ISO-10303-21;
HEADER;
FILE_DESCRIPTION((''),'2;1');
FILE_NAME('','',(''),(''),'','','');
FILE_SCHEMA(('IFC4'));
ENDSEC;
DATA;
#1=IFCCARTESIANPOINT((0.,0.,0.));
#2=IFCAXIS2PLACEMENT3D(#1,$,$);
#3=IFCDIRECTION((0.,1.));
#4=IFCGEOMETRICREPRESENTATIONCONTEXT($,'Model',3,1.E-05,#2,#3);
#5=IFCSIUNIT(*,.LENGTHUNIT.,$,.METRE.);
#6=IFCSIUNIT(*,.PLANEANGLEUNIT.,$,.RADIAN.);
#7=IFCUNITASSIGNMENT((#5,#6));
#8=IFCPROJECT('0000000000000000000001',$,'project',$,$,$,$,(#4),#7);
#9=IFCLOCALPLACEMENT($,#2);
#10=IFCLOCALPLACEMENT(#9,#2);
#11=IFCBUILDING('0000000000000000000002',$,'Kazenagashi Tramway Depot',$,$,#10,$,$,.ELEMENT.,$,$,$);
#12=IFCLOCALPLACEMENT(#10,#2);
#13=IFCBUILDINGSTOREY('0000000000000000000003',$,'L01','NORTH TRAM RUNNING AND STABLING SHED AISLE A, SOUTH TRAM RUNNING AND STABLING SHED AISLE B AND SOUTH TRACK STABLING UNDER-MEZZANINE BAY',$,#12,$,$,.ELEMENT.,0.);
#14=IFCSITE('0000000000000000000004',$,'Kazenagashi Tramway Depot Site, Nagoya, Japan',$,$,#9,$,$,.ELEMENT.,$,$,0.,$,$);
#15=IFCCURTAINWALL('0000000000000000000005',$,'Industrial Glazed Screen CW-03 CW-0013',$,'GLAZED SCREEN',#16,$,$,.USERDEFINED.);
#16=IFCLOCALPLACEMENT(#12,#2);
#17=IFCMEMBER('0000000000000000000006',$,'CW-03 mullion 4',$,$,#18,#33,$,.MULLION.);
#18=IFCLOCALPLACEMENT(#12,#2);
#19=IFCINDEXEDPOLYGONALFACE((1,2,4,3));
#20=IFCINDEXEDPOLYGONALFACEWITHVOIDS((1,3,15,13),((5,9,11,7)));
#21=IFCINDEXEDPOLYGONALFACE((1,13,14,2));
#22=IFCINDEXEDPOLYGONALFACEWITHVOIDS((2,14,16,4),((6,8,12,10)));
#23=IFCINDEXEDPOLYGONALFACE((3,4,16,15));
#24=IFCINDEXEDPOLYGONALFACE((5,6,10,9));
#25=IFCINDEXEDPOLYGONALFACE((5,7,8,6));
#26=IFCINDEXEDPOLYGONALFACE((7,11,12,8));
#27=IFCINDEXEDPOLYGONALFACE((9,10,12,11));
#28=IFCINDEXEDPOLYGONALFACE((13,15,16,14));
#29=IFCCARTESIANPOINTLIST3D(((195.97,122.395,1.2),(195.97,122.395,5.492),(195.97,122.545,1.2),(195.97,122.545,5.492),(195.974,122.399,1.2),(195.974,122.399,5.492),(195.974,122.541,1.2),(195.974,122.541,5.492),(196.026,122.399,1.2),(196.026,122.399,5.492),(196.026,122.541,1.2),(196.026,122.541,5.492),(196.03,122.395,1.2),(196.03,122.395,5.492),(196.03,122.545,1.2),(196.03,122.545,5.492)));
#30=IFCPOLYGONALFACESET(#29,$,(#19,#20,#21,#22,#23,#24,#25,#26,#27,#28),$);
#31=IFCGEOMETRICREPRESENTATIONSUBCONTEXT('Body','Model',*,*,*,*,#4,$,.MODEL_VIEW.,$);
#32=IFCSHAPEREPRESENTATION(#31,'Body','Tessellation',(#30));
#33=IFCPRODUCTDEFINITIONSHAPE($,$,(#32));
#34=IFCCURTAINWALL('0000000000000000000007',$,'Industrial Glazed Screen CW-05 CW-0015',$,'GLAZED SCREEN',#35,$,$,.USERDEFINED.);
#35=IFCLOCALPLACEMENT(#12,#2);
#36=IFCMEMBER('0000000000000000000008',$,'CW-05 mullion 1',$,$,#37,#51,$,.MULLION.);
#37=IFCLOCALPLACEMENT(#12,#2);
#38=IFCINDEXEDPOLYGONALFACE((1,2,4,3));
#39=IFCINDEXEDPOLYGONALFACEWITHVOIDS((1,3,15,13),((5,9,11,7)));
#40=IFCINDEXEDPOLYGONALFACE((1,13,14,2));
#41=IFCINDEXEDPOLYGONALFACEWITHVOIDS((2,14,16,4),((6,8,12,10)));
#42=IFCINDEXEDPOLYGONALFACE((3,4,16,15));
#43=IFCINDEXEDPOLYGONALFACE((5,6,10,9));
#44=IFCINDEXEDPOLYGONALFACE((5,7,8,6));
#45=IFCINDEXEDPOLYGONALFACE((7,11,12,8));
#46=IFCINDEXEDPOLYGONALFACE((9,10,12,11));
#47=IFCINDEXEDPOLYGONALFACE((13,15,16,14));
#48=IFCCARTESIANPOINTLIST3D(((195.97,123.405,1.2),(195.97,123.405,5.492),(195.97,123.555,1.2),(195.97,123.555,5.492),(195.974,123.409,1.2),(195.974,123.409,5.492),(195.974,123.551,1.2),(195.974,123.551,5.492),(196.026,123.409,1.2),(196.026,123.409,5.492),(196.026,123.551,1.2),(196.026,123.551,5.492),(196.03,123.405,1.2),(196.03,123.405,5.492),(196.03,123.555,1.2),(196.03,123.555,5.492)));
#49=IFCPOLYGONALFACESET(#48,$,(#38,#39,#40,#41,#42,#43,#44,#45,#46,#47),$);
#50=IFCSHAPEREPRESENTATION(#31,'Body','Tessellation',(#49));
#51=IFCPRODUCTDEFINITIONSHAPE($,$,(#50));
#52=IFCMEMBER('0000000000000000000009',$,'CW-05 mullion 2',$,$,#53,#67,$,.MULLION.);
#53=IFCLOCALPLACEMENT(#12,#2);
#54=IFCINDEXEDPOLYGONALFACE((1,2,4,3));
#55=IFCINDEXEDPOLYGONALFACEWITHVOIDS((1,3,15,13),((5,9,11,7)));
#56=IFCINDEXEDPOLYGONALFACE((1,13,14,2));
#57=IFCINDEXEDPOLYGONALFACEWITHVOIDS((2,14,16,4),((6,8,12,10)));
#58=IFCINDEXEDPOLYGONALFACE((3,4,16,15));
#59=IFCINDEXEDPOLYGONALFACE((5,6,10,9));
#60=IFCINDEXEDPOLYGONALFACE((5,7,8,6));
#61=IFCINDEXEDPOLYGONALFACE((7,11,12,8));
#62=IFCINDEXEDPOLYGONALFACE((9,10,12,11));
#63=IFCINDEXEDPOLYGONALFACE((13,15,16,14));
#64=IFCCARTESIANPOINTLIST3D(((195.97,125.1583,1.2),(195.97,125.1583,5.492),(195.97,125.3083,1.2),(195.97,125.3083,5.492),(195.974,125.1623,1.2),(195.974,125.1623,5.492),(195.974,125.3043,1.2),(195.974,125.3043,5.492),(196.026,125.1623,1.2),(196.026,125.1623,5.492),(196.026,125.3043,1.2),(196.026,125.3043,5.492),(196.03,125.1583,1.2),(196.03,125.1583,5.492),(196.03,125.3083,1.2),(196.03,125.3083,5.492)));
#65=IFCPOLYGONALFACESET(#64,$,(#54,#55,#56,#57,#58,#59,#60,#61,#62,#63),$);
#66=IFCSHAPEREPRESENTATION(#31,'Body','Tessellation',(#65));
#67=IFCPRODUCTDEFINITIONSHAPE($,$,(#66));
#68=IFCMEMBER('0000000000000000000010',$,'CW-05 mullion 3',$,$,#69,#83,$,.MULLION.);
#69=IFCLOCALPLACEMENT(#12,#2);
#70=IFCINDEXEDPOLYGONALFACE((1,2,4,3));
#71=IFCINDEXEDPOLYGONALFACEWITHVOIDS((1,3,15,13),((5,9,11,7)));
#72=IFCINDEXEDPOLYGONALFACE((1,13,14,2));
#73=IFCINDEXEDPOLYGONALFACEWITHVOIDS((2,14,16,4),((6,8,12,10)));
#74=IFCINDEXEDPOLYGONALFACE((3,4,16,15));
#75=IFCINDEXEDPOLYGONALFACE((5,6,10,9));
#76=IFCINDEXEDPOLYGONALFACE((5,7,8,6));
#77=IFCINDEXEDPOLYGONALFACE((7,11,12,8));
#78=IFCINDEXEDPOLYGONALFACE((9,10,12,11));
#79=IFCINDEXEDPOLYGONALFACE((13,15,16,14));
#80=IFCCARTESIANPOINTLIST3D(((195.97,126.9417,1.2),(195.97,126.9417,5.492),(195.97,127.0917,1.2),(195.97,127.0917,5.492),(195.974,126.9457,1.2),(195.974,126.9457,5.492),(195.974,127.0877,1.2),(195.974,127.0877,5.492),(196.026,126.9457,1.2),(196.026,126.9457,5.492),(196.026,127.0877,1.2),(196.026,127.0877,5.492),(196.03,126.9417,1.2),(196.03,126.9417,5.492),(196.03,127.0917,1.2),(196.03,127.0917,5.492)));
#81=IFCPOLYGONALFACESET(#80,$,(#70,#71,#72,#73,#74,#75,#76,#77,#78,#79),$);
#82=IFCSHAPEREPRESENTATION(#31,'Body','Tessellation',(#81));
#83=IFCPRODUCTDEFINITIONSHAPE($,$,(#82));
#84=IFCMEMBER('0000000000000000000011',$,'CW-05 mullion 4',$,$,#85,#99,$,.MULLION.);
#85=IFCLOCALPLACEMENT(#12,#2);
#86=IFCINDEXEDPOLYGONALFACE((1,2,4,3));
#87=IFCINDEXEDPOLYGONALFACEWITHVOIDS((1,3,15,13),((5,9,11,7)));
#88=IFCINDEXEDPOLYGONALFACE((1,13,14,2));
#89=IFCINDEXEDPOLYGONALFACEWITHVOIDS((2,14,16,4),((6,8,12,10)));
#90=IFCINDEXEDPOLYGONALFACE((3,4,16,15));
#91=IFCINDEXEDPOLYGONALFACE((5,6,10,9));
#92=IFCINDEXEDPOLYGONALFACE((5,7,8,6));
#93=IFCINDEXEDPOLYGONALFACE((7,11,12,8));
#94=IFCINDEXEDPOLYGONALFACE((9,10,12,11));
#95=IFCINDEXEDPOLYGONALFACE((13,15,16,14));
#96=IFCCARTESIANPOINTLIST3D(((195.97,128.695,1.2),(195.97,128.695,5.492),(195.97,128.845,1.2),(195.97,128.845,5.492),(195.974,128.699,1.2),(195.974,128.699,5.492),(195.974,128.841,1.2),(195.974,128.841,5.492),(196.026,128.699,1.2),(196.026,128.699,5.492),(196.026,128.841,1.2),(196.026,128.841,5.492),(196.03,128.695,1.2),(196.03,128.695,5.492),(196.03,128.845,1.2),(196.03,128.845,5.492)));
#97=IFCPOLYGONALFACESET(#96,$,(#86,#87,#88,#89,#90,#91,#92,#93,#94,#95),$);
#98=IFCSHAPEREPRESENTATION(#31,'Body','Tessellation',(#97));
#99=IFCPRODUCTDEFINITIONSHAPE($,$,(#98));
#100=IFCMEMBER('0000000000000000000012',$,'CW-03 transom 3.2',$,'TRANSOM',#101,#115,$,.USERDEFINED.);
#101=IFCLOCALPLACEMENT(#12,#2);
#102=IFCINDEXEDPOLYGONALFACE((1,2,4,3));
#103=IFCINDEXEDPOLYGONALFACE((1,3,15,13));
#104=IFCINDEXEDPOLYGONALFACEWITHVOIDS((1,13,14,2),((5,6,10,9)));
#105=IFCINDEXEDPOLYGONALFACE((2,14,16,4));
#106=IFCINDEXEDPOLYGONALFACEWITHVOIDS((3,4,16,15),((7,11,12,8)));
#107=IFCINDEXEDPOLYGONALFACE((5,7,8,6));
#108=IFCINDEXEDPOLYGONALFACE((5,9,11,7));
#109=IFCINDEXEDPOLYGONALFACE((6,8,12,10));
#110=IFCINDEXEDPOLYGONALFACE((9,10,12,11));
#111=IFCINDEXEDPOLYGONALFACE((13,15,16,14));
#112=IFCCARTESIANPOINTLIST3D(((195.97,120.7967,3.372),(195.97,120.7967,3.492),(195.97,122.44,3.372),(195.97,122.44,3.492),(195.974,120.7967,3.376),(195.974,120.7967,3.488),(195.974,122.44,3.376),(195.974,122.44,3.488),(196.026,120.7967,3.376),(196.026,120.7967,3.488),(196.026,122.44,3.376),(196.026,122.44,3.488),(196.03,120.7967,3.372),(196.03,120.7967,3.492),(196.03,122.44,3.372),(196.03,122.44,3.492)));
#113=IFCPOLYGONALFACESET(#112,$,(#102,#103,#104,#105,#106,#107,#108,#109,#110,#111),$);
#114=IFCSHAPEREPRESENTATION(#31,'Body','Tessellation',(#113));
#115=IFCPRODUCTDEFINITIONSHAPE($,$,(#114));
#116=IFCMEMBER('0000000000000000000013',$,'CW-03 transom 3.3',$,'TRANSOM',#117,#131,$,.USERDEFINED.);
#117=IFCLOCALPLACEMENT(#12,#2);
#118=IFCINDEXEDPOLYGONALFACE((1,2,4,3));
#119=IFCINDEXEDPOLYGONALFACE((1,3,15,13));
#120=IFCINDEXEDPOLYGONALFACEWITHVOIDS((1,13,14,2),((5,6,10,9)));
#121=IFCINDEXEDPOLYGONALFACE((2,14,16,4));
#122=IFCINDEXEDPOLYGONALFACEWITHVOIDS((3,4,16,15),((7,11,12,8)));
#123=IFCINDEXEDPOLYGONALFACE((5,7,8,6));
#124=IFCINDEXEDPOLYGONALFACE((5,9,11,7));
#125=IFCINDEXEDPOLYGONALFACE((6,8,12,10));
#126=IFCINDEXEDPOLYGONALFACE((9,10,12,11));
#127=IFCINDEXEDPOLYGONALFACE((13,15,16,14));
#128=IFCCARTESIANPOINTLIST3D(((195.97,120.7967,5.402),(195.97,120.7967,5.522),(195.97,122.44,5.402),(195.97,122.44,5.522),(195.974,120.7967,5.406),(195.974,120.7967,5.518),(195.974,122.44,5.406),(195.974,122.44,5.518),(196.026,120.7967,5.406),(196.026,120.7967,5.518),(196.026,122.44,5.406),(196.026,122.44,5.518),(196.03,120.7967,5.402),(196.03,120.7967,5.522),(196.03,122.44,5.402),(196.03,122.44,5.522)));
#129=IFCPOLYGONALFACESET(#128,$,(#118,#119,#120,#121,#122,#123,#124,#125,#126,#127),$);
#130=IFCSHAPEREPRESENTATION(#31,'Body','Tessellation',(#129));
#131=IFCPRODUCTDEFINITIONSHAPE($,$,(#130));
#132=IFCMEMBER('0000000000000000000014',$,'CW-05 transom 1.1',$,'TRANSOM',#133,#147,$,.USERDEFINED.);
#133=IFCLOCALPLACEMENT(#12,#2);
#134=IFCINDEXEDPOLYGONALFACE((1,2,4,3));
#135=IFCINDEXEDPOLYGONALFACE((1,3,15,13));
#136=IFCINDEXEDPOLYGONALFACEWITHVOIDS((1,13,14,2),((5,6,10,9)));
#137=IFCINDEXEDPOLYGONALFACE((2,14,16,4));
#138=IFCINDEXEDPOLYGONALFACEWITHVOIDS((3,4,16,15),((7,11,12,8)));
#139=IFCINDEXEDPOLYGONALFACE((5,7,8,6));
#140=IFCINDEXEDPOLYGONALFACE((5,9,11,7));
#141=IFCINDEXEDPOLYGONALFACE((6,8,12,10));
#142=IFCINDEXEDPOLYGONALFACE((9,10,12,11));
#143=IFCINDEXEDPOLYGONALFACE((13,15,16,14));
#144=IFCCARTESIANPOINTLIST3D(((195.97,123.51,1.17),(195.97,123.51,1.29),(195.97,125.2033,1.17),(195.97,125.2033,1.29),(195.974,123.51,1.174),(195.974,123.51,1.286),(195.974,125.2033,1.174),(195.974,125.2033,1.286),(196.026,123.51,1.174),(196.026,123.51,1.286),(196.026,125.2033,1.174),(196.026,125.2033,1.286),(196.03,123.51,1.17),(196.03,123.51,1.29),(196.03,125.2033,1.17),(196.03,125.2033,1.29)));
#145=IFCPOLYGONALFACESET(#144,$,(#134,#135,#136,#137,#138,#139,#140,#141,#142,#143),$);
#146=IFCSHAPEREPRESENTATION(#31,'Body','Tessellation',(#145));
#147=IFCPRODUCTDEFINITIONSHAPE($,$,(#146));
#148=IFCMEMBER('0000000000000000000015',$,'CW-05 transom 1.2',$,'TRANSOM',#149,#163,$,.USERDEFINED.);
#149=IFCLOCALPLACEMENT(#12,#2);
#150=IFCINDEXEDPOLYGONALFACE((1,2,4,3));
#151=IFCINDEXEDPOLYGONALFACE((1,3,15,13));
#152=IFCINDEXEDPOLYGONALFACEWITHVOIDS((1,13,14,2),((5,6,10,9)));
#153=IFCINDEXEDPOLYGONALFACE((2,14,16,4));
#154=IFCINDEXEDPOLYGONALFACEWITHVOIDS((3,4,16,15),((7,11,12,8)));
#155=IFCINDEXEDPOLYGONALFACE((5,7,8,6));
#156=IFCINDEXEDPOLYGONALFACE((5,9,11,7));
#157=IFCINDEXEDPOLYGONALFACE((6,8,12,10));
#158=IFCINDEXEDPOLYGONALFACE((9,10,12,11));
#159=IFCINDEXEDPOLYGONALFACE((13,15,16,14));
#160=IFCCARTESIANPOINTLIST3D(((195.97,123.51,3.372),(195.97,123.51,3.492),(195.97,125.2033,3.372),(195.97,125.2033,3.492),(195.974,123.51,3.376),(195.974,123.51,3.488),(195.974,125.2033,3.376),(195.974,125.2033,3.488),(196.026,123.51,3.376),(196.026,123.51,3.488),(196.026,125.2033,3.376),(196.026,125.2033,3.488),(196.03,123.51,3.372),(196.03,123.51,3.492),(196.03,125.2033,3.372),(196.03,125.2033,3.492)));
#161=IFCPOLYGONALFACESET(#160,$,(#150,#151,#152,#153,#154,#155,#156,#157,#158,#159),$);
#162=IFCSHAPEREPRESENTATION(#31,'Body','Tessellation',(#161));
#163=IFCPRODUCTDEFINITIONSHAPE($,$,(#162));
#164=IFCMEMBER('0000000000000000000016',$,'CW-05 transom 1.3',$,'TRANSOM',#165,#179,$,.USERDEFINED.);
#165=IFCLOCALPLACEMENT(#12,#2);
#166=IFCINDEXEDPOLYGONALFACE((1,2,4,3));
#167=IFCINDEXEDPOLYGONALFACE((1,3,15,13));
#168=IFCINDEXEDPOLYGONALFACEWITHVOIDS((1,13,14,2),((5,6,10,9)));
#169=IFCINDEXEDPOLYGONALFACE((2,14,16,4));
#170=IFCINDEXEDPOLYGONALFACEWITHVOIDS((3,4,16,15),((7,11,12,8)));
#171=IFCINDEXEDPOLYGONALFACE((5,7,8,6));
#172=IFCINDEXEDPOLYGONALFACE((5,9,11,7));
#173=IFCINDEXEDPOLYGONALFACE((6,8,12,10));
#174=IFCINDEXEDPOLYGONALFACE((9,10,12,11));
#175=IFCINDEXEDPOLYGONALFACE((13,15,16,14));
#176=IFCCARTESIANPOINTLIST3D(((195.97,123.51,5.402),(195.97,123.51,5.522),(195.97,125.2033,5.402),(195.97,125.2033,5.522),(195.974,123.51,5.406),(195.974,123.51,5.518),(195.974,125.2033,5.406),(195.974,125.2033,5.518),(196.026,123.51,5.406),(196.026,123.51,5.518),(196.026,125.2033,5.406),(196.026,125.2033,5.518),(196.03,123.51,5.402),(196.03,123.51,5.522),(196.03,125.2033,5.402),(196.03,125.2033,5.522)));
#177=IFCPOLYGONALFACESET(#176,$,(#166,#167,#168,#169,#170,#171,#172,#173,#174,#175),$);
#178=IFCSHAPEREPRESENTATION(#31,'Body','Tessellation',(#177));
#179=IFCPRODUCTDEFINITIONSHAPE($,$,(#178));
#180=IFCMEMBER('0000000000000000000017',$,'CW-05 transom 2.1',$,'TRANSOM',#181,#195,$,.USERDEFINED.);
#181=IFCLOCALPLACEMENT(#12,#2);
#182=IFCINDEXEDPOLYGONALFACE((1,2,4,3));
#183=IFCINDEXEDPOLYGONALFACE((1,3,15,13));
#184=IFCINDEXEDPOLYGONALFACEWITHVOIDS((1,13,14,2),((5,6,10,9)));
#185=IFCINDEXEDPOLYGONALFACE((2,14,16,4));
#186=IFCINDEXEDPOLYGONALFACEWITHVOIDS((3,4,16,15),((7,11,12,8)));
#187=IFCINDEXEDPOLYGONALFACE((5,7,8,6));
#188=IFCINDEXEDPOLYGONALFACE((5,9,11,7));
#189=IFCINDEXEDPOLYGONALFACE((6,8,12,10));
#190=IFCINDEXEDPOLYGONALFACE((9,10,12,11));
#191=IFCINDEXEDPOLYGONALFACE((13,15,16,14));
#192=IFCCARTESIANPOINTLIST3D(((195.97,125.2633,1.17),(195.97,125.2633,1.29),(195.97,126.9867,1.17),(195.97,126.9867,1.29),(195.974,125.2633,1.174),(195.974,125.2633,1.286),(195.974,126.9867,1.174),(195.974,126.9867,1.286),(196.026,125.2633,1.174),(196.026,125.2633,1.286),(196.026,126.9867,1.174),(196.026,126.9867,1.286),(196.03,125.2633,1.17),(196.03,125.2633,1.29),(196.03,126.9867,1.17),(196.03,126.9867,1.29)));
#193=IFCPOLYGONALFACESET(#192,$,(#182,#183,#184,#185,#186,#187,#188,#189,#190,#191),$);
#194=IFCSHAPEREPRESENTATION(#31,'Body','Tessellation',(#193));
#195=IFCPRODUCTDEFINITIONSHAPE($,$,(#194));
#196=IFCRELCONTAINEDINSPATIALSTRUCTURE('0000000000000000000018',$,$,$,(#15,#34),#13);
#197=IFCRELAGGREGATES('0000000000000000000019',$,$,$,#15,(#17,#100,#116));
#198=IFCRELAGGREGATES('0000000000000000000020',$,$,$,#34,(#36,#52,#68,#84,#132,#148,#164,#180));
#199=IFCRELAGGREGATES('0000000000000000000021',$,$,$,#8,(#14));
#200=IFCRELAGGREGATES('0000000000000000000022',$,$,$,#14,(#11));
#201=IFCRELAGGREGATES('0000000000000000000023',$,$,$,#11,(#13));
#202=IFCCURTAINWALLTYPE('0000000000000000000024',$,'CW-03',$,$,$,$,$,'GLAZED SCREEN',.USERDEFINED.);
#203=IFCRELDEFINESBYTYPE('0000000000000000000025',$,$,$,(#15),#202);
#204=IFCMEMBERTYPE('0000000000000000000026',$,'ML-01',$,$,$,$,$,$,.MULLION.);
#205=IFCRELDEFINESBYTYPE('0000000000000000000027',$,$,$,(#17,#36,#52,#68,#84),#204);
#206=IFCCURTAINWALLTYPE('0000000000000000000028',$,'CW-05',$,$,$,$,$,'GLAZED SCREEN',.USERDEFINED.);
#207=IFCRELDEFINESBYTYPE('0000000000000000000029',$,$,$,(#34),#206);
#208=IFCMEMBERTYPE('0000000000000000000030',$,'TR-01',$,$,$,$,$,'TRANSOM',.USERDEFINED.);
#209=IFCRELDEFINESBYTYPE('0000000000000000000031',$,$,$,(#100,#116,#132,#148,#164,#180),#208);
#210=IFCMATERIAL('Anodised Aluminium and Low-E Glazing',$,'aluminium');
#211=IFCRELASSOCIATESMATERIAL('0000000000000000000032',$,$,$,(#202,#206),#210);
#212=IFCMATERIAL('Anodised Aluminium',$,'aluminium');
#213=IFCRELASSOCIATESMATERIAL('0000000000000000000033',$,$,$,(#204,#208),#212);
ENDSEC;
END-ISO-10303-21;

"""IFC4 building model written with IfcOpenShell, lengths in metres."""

from ifc_helpers import new_model, si_unit, direction, frame, origin, origin_2d, place, context, subcontext, project, spatial, hollow_rectangle, extrude, material, material_profile, profile_set, type_object, element, aggregate, save


model = new_model("IFC4")

# Units and contexts
model_context = context("Model", 3, precision=1e-05, world=origin(), true_north=direction((0.0, 1.0)))
body_context = subcontext(model_context, "Body", "Model", "MODEL_VIEW")
ifc_project = project(units=[si_unit("LENGTHUNIT", "METRE"), si_unit("PLANEANGLEUNIT", "RADIAN")], contexts=[model_context])

# Site, building, storey
site_placement = place(None, origin())
site = spatial("IfcSite", under=ifc_project, at=site_placement, Name="Kazenagashi Tramway Depot Site, Nagoya, Japan", CompositionType="ELEMENT", RefElevation=0.0)
building_placement = place(site_placement, origin())
building = spatial("IfcBuilding", under=site, at=building_placement, Name="Kazenagashi Tramway Depot", CompositionType="ELEMENT")
storey_placement = place(building_placement, origin())
storey = spatial("IfcBuildingStorey", under=building, at=storey_placement, Name="L01", Description="NORTH TRAM RUNNING AND STABLING SHED AISLE A, SOUTH TRAM RUNNING AND STABLING SHED AISLE B AND SOUTH TRACK STABLING UNDER-MEZZANINE BAY", CompositionType="ELEMENT", Elevation=0.0)

# Curtain wall, member
ifc_material_1 = material(Name="Anodised Aluminium and Low-E Glazing", Category="aluminium")
curtain_wall_type_1 = type_object("IfcCurtainWallType", Name="CW-03", ElementType="GLAZED SCREEN", PredefinedType="USERDEFINED", material=ifc_material_1)
curtain_wall_1_placement = place(storey_placement, origin())
curtain_wall_1 = element("IfcCurtainWall", 1, at=curtain_wall_1_placement, inside=storey, type_object=curtain_wall_type_1, Name="Industrial Glazed Screen CW-03 CW-0013", ObjectType="GLAZED SCREEN", PredefinedType="USERDEFINED")
ifc_material_2 = material(Name="Anodised Aluminium", Category="aluminium")
ifc_material_profile_1 = material_profile(ifc_material_2, hollow_rectangle(XDim=0.06, YDim=0.15, WallThickness=0.004, at=origin_2d()), Name="RHS-150x60x4")
ifc_profile_set_1 = profile_set([ifc_material_profile_1], Name="Anodised Aluminium")
member_type_1 = type_object("IfcMemberType", Name="ML-01", PredefinedType="MULLION", material=ifc_profile_set_1)
member_1_placement = place(storey_placement, frame((196.0, 122.47, 1.2), z_axis=(0.0, 0.0, 1.0), x_axis=(-1.0, 0.0, 0.0)))
member_1 = element("IfcMember", 2, at=member_1_placement, type_object=member_type_1, Name="CW-03 mullion 4", PredefinedType="MULLION", context=body_context, shape_type="SweptSolid", body=[
    extrude(hollow_rectangle(XDim=0.06, YDim=0.15, WallThickness=0.004, at=origin_2d()), origin(), (0.0, 0.0, 1.0), 4.292),
])

# Curtain wall, members
curtain_wall_type_2 = type_object("IfcCurtainWallType", Name="CW-05", ElementType="GLAZED SCREEN", PredefinedType="USERDEFINED", material=ifc_material_1)
curtain_wall_2_placement = place(storey_placement, origin())
curtain_wall_2 = element("IfcCurtainWall", 3, at=curtain_wall_2_placement, inside=storey, type_object=curtain_wall_type_2, Name="Industrial Glazed Screen CW-05 CW-0015", ObjectType="GLAZED SCREEN", PredefinedType="USERDEFINED")
member_2_placement = place(storey_placement, frame((196.0, 123.48, 1.2), z_axis=(0.0, 0.0, 1.0), x_axis=(-1.0, 0.0, 0.0)))
member_2 = element("IfcMember", 4, at=member_2_placement, type_object=member_type_1, Name="CW-05 mullion 1", PredefinedType="MULLION", context=body_context, shape_type="SweptSolid", body=[
    extrude(hollow_rectangle(XDim=0.06, YDim=0.15, WallThickness=0.004, at=origin_2d()), origin(), (0.0, 0.0, 1.0), 4.292),
])
member_3_placement = place(storey_placement, frame((196.0, 125.2333, 1.2), z_axis=(0.0, 0.0, 1.0), x_axis=(-1.0, 0.0, 0.0)))
member_3 = element("IfcMember", 5, at=member_3_placement, type_object=member_type_1, Name="CW-05 mullion 2", PredefinedType="MULLION", context=body_context, shape_type="SweptSolid", body=[
    extrude(hollow_rectangle(XDim=0.06, YDim=0.15, WallThickness=0.004, at=origin_2d()), origin(), (0.0, 0.0, 1.0), 4.292),
])
member_4_placement = place(storey_placement, frame((196.0, 127.0167, 1.2), z_axis=(0.0, 0.0, 1.0), x_axis=(-1.0, 0.0, 0.0)))
member_4 = element("IfcMember", 6, at=member_4_placement, type_object=member_type_1, Name="CW-05 mullion 3", PredefinedType="MULLION", context=body_context, shape_type="SweptSolid", body=[
    extrude(hollow_rectangle(XDim=0.06, YDim=0.15, WallThickness=0.004, at=origin_2d()), origin(), (0.0, 0.0, 1.0), 4.292),
])
member_5_placement = place(storey_placement, frame((196.0, 128.77, 1.2), z_axis=(0.0, 0.0, 1.0), x_axis=(-1.0, 0.0, 0.0)))
member_5 = element("IfcMember", 7, at=member_5_placement, type_object=member_type_1, Name="CW-05 mullion 4", PredefinedType="MULLION", context=body_context, shape_type="SweptSolid", body=[
    extrude(hollow_rectangle(XDim=0.06, YDim=0.15, WallThickness=0.004, at=origin_2d()), origin(), (0.0, 0.0, 1.0), 4.292),
])

# Members
ifc_material_profile_2 = material_profile(ifc_material_2, hollow_rectangle(XDim=0.06, YDim=0.12, WallThickness=0.004, at=origin_2d()), Name="RHS-120x60x4")
ifc_profile_set_2 = profile_set([ifc_material_profile_2], Name="Anodised Aluminium")
member_type_2 = type_object("IfcMemberType", Name="TR-01", ElementType="TRANSOM", PredefinedType="USERDEFINED", material=ifc_profile_set_2)
member_6_placement = place(storey_placement, frame((196.0, 120.7967, 3.432), z_axis=(0.0, 1.0, 0.0), x_axis=(-1.0, 0.0, 0.0)))
member_6 = element("IfcMember", 8, at=member_6_placement, type_object=member_type_2, Name="CW-03 transom 3.2", ObjectType="TRANSOM", PredefinedType="USERDEFINED", context=body_context, shape_type="SweptSolid", body=[
    extrude(hollow_rectangle(XDim=0.06, YDim=0.12, WallThickness=0.004, at=origin_2d()), origin(), (0.0, 0.0, 1.0), 1.6433),
])
member_7_placement = place(storey_placement, frame((196.0, 120.7967, 5.462), z_axis=(0.0, 1.0, 0.0), x_axis=(-1.0, 0.0, 0.0)))
member_7 = element("IfcMember", 9, at=member_7_placement, type_object=member_type_2, Name="CW-03 transom 3.3", ObjectType="TRANSOM", PredefinedType="USERDEFINED", context=body_context, shape_type="SweptSolid", body=[
    extrude(hollow_rectangle(XDim=0.06, YDim=0.12, WallThickness=0.004, at=origin_2d()), origin(), (0.0, 0.0, 1.0), 1.6433),
])
member_8_placement = place(storey_placement, frame((196.0, 123.51, 1.23), z_axis=(0.0, 1.0, 0.0), x_axis=(-1.0, 0.0, 0.0)))
member_8 = element("IfcMember", 10, at=member_8_placement, type_object=member_type_2, Name="CW-05 transom 1.1", ObjectType="TRANSOM", PredefinedType="USERDEFINED", context=body_context, shape_type="SweptSolid", body=[
    extrude(hollow_rectangle(XDim=0.06, YDim=0.12, WallThickness=0.004, at=origin_2d()), origin(), (0.0, 0.0, 1.0), 1.6933),
])
member_9_placement = place(storey_placement, frame((196.0, 123.51, 3.432), z_axis=(0.0, 1.0, 0.0), x_axis=(-1.0, 0.0, 0.0)))
member_9 = element("IfcMember", 11, at=member_9_placement, type_object=member_type_2, Name="CW-05 transom 1.2", ObjectType="TRANSOM", PredefinedType="USERDEFINED", context=body_context, shape_type="SweptSolid", body=[
    extrude(hollow_rectangle(XDim=0.06, YDim=0.12, WallThickness=0.004, at=origin_2d()), origin(), (0.0, 0.0, 1.0), 1.6933),
])
member_10_placement = place(storey_placement, frame((196.0, 123.51, 5.462), z_axis=(0.0, 1.0, 0.0), x_axis=(-1.0, 0.0, 0.0)))
member_10 = element("IfcMember", 12, at=member_10_placement, type_object=member_type_2, Name="CW-05 transom 1.3", ObjectType="TRANSOM", PredefinedType="USERDEFINED", context=body_context, shape_type="SweptSolid", body=[
    extrude(hollow_rectangle(XDim=0.06, YDim=0.12, WallThickness=0.004, at=origin_2d()), origin(), (0.0, 0.0, 1.0), 1.6933),
])
member_11_placement = place(storey_placement, frame((196.0, 125.2633, 1.23), z_axis=(0.0, 1.0, 0.0), x_axis=(-1.0, 0.0, 0.0)))
member_11 = element("IfcMember", 13, at=member_11_placement, type_object=member_type_2, Name="CW-05 transom 2.1", ObjectType="TRANSOM", PredefinedType="USERDEFINED", context=body_context, shape_type="SweptSolid", body=[
    extrude(hollow_rectangle(XDim=0.06, YDim=0.12, WallThickness=0.004, at=origin_2d()), origin(), (0.0, 0.0, 1.0), 1.7233),
])

aggregate(curtain_wall_1, [member_1, member_6, member_7])
aggregate(curtain_wall_2, [member_2, member_3, member_4, member_5, member_8, member_9, member_10, member_11])

save(model, "model.ifc")
